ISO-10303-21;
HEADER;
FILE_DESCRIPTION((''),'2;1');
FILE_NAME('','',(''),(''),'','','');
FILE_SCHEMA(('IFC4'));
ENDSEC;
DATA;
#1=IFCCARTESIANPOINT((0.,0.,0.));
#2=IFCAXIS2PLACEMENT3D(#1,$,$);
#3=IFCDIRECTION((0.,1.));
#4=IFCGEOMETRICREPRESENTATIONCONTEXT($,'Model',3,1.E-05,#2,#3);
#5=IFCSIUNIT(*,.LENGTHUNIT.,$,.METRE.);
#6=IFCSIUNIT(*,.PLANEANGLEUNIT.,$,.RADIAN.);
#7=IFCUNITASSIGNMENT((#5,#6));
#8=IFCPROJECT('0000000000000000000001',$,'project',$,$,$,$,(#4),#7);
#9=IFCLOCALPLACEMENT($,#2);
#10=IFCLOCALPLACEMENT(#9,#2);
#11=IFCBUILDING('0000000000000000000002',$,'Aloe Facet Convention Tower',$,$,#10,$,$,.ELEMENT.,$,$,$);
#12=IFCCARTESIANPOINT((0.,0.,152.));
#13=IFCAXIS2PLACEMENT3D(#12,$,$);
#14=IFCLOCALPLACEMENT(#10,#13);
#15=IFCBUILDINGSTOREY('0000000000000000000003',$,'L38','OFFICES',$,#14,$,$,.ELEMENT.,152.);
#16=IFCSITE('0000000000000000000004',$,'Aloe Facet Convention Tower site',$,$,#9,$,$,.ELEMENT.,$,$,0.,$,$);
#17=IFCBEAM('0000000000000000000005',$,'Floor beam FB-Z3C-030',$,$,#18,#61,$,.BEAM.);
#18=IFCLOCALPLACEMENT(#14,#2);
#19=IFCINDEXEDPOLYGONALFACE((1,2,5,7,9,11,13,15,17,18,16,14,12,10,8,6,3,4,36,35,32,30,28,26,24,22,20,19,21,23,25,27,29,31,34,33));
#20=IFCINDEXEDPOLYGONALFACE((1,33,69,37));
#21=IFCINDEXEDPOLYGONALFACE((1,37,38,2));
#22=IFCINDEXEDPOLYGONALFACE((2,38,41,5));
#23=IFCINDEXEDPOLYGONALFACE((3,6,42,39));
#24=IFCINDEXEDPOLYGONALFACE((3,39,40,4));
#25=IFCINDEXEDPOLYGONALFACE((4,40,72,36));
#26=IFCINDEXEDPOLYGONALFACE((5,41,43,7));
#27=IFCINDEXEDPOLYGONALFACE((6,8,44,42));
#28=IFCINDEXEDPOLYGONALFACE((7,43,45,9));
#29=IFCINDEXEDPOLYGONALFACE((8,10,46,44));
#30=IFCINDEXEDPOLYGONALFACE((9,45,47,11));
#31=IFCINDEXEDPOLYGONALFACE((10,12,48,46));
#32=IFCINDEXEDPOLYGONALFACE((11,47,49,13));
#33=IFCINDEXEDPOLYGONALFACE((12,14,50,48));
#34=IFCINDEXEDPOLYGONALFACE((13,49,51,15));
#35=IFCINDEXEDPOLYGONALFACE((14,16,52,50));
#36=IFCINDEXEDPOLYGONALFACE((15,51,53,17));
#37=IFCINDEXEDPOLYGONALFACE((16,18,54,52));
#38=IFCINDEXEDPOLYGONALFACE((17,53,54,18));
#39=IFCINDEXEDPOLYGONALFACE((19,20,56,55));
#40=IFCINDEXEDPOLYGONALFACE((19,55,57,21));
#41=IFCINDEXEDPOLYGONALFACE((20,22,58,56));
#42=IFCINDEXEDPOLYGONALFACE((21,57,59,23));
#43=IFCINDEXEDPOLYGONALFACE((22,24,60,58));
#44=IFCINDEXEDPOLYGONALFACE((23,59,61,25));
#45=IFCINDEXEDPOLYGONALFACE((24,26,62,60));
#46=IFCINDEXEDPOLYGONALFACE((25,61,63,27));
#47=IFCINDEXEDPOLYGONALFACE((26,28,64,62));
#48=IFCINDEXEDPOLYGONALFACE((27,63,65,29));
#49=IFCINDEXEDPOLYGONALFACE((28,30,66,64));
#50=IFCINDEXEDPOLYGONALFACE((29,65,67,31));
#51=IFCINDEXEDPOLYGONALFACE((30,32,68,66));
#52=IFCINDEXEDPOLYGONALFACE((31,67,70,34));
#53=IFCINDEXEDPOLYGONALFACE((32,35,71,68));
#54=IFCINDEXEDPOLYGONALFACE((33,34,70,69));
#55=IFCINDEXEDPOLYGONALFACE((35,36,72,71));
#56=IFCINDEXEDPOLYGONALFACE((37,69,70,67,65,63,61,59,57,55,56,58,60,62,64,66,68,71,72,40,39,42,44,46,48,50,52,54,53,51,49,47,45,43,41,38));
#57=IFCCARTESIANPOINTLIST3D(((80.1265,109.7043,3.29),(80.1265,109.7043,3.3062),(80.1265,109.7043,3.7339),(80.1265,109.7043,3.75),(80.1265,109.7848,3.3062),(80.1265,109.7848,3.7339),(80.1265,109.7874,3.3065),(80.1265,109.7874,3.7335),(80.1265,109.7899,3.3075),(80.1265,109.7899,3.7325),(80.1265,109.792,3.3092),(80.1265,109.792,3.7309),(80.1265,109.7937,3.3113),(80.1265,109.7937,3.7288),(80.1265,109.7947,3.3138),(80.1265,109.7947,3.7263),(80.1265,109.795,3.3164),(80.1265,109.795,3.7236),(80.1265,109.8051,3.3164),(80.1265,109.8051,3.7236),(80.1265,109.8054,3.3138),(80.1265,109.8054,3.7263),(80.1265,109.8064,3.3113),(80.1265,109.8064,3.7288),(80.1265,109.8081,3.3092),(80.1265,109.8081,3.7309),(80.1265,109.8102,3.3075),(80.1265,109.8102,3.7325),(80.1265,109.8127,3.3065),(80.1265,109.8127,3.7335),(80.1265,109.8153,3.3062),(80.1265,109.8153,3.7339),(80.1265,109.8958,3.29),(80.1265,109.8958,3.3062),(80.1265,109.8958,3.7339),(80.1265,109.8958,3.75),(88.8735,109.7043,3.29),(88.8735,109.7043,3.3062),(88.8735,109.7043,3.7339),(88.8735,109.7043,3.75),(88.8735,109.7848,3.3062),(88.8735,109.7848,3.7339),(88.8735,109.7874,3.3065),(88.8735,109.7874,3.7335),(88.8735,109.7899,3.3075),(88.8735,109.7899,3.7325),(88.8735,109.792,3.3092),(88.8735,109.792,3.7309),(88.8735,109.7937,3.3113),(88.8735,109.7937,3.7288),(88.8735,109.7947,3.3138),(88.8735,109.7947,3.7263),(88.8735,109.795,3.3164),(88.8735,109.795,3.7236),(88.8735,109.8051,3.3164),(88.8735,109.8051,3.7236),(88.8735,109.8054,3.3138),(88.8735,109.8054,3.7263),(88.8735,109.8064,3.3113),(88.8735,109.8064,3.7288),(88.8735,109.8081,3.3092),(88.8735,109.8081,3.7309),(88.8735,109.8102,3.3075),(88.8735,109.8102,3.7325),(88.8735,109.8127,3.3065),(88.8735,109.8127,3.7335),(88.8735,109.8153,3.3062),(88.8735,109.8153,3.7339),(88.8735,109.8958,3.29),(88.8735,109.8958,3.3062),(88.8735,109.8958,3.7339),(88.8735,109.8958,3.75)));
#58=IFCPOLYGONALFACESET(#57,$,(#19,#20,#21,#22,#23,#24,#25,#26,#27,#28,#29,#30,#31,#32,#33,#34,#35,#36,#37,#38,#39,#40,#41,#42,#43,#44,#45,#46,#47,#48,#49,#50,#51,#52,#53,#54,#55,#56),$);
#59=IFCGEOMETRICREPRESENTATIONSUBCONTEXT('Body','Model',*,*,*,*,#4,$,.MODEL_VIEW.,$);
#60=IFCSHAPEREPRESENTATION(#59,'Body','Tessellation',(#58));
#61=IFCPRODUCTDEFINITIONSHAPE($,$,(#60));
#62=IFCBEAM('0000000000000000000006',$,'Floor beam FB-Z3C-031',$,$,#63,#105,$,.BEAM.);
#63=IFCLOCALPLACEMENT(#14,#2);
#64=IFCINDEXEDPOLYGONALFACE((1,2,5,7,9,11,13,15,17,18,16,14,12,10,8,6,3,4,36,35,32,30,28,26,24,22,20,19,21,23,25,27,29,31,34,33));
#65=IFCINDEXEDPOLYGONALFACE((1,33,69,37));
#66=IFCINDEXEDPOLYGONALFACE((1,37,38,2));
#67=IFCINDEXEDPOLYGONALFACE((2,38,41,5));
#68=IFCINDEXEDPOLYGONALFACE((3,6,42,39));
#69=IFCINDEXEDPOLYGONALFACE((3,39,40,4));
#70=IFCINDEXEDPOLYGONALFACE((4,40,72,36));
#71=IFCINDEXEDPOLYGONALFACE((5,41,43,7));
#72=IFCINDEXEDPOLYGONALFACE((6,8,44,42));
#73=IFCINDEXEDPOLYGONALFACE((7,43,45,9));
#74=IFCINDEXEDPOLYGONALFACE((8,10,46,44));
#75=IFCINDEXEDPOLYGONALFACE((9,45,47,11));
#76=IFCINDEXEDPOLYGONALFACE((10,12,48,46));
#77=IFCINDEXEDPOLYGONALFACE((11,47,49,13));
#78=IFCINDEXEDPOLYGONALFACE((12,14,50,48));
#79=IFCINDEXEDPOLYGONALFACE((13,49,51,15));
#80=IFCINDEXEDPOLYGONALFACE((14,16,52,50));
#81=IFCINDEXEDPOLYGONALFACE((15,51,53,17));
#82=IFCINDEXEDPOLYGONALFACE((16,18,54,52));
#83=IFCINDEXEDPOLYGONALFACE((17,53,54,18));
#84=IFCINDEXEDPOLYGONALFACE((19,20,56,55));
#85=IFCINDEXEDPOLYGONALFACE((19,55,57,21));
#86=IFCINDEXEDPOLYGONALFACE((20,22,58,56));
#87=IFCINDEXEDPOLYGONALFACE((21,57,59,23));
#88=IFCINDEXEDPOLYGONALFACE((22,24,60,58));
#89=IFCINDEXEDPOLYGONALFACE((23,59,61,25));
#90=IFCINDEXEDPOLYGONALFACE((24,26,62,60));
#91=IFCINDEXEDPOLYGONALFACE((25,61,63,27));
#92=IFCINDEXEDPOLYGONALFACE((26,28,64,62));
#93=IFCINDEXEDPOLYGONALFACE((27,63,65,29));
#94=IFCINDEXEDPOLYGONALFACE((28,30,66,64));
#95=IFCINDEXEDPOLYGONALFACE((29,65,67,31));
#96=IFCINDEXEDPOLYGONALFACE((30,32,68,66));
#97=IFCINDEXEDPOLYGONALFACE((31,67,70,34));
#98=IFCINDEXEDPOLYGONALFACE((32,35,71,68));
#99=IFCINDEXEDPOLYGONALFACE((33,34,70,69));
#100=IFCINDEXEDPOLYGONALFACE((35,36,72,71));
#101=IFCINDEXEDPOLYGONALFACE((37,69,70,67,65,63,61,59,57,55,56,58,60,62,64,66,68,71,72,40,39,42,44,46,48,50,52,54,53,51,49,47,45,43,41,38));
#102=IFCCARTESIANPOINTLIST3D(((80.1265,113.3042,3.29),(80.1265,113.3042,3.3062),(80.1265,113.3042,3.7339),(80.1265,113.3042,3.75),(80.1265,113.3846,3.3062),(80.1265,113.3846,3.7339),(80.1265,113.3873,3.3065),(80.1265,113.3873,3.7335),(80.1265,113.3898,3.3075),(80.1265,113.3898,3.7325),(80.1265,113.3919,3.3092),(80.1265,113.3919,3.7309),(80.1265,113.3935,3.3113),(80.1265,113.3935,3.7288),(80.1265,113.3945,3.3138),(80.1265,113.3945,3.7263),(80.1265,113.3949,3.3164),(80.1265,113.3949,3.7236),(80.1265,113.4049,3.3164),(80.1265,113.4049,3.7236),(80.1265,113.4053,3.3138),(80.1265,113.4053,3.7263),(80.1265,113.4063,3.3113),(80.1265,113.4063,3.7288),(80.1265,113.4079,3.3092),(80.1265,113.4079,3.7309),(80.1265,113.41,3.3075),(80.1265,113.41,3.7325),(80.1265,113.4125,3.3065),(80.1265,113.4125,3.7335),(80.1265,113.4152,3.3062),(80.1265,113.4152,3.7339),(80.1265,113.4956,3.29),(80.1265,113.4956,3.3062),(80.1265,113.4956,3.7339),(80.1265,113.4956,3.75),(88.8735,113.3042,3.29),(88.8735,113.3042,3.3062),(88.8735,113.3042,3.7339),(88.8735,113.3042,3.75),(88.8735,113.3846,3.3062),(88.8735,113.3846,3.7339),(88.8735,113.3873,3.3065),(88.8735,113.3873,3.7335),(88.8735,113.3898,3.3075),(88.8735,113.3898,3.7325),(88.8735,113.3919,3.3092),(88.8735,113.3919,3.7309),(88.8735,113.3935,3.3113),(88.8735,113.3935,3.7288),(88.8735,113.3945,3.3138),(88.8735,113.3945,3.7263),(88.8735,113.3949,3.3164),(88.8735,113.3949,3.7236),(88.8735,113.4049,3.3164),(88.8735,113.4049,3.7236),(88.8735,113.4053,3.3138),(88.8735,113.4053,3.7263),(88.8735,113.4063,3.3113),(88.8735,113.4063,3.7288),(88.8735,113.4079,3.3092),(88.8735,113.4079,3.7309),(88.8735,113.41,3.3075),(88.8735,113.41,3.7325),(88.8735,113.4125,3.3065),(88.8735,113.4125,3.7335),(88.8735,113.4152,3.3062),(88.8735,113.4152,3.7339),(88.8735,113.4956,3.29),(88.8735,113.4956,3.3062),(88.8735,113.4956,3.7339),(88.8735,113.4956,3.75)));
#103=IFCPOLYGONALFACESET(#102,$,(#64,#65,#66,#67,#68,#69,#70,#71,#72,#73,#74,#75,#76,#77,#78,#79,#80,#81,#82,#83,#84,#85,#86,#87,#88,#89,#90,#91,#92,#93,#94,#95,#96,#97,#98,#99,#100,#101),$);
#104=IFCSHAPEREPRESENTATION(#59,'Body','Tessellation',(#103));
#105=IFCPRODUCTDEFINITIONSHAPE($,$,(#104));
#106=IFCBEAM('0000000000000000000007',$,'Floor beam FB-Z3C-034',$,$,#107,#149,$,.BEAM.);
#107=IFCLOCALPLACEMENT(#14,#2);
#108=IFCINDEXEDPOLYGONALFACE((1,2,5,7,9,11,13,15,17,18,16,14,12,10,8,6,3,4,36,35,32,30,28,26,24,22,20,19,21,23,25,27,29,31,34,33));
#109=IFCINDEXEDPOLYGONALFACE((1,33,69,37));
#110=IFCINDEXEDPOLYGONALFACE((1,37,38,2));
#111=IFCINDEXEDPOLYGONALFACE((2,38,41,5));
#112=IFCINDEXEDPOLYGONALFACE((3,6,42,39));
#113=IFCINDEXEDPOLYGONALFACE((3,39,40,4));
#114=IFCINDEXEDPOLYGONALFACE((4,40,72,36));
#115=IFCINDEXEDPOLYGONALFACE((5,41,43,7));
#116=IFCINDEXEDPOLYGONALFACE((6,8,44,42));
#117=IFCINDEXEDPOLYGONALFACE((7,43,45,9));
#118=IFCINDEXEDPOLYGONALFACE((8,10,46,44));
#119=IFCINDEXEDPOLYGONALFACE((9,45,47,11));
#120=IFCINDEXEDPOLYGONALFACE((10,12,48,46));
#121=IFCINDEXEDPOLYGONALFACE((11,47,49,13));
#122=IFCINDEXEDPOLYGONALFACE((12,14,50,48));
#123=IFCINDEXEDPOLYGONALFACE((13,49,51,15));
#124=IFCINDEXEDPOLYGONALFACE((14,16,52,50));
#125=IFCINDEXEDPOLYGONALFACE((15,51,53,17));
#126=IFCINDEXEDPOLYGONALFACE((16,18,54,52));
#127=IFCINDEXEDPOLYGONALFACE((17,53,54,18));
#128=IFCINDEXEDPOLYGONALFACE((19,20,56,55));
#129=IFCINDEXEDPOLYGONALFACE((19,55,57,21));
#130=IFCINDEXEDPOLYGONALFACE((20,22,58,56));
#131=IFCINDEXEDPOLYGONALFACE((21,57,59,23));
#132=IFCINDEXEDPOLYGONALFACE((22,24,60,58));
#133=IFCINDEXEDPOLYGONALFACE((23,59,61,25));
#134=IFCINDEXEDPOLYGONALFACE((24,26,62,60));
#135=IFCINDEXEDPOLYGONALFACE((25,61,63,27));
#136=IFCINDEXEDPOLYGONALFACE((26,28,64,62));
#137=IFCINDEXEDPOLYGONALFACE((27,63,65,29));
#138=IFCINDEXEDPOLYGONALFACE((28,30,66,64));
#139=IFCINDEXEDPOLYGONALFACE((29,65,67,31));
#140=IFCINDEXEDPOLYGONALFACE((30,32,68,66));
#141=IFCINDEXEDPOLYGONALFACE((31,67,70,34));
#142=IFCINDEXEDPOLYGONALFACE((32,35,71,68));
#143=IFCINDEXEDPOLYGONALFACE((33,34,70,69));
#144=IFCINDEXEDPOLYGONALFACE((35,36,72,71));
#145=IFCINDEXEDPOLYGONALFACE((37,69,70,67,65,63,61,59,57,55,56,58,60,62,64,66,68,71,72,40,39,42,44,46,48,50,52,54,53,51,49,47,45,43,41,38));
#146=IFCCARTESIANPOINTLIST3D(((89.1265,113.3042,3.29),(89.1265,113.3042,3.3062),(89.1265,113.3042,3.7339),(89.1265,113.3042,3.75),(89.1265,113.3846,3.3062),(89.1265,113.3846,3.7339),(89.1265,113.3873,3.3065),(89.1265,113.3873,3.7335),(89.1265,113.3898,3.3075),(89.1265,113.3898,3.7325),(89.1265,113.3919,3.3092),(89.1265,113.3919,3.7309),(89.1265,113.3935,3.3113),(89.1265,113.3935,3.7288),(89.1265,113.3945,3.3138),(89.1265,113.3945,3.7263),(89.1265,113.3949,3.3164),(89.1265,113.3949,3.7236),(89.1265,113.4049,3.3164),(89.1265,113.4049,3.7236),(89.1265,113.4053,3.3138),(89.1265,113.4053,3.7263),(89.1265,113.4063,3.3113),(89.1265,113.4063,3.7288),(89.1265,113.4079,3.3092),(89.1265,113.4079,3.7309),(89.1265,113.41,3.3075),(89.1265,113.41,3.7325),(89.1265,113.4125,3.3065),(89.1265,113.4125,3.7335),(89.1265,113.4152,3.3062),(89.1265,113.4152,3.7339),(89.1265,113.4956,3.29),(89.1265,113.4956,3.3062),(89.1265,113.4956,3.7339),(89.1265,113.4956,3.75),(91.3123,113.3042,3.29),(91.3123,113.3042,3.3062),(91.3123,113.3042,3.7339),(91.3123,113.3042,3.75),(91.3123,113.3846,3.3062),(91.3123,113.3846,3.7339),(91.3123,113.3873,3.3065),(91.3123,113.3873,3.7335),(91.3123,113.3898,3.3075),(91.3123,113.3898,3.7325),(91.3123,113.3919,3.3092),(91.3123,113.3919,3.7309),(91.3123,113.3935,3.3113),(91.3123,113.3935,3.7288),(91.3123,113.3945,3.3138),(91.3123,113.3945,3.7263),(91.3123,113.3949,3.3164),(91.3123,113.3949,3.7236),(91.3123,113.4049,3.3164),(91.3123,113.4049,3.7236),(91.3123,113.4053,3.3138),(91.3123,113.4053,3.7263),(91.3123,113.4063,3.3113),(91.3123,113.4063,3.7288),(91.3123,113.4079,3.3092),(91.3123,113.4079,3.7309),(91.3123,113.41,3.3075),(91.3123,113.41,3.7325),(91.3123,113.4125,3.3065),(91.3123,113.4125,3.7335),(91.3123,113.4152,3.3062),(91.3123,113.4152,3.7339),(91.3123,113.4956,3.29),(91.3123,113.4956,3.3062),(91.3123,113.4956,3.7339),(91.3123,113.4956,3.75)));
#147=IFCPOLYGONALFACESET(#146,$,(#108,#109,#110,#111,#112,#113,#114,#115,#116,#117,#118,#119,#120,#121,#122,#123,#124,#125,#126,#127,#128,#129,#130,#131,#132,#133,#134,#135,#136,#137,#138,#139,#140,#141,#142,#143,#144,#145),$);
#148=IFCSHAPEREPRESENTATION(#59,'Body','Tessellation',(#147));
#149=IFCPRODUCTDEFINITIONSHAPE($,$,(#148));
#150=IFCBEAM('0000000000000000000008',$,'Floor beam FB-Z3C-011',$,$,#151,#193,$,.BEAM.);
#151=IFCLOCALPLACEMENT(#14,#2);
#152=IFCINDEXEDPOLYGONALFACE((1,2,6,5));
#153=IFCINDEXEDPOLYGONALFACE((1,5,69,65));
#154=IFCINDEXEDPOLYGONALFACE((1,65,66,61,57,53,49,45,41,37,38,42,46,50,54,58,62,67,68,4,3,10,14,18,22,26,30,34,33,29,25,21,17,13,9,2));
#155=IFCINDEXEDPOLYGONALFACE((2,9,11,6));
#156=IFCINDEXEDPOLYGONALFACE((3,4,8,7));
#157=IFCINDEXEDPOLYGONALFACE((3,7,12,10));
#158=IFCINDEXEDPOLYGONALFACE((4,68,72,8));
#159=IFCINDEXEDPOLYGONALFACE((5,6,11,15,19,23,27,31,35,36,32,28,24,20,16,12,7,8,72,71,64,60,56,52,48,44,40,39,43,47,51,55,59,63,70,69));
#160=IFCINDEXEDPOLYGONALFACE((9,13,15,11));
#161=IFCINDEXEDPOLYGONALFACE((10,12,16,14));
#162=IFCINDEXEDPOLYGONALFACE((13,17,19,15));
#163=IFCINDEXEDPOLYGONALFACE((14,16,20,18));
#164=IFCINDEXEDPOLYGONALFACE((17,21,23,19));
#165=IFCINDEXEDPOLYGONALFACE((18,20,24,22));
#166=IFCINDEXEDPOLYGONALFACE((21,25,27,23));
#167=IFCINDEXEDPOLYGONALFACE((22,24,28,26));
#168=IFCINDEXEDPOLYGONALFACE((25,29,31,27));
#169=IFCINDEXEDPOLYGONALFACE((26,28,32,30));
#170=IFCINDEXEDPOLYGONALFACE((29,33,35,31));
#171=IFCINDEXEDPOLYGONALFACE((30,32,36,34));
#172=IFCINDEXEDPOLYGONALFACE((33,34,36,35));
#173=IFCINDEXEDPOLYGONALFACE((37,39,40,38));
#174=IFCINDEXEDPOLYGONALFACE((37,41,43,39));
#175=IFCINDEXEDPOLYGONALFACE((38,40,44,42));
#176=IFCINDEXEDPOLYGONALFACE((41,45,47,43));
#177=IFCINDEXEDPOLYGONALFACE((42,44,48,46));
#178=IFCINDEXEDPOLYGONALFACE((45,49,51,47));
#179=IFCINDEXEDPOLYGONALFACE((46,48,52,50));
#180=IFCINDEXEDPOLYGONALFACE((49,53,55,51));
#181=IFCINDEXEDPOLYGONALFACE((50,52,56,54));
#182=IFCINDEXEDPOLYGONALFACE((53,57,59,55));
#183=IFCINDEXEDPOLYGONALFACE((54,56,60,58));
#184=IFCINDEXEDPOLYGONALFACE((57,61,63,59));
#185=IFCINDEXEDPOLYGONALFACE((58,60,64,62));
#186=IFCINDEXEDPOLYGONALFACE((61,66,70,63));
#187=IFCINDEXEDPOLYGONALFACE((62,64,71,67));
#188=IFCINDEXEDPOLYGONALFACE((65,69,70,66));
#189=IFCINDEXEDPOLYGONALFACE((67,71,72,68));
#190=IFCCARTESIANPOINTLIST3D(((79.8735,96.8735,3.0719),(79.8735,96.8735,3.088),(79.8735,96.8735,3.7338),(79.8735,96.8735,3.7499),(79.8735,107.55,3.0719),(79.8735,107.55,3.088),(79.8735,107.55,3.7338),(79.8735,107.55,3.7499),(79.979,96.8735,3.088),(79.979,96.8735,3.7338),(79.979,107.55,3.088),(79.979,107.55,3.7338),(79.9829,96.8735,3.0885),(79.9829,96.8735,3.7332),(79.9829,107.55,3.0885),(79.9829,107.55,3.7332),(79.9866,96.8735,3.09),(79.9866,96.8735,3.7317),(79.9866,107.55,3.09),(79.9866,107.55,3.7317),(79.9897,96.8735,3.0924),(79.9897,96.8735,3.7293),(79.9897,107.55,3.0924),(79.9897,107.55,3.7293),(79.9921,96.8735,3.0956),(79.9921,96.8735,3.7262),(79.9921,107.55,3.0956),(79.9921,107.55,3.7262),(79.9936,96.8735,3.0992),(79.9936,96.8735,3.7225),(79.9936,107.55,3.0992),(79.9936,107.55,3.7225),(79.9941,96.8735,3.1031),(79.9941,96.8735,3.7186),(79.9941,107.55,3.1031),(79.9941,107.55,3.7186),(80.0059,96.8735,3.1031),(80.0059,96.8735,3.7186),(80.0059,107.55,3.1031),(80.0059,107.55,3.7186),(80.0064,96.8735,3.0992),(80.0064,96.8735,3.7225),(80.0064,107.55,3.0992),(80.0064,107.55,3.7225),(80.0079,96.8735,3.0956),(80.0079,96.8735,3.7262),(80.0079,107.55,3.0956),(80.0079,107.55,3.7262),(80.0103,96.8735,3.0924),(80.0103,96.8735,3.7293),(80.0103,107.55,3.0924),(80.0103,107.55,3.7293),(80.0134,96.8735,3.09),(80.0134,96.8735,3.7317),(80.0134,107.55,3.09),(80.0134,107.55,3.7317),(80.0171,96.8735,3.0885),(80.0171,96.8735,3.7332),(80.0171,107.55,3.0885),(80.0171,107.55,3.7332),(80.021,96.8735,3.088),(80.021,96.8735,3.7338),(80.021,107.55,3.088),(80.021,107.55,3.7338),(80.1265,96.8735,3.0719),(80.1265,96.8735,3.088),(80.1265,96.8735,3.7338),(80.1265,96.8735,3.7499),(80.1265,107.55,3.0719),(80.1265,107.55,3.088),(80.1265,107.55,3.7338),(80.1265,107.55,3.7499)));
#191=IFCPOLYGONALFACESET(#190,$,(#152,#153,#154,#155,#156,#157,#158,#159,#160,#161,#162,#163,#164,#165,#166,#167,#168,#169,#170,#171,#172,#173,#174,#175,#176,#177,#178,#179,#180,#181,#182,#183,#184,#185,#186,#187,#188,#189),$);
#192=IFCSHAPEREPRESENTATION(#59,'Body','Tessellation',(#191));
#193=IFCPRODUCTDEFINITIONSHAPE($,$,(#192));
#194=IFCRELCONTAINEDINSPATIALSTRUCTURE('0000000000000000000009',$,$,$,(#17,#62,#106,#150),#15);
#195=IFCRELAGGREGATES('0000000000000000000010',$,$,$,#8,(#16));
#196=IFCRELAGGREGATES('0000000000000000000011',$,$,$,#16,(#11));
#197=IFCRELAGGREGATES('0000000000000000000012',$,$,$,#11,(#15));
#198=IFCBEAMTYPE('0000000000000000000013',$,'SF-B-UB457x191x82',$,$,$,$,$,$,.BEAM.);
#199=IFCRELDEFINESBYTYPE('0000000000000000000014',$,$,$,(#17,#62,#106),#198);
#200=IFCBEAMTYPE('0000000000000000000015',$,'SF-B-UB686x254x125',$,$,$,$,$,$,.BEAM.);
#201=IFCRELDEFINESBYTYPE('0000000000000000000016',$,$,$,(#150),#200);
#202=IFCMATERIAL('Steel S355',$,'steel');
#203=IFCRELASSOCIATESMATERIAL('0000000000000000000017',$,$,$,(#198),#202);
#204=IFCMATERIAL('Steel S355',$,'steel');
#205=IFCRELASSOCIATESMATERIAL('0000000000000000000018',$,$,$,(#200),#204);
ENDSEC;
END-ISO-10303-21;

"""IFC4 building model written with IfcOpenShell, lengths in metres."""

from ifc_helpers import new_model, si_unit, direction, frame, origin, origin_2d, place, context, subcontext, project, spatial, i_section, extrude, material, material_profile, profile_set, type_object, element, save


model = new_model("IFC4")

# Units and contexts
model_context = context("Model", 3, precision=1e-05, world=origin(), true_north=direction((0.0, 1.0)))
body_context = subcontext(model_context, "Body", "Model", "MODEL_VIEW")
ifc_project = project(units=[si_unit("LENGTHUNIT", "METRE"), si_unit("PLANEANGLEUNIT", "RADIAN")], contexts=[model_context])

# Site, building, storey
site_placement = place(None, origin())
site = spatial("IfcSite", under=ifc_project, at=site_placement, Name="Aloe Facet Convention Tower site", CompositionType="ELEMENT", RefElevation=0.0)
building_placement = place(site_placement, origin())
building = spatial("IfcBuilding", under=site, at=building_placement, Name="Aloe Facet Convention Tower", CompositionType="ELEMENT")
storey_placement = place(building_placement, frame((0.0, 0.0, 152.0)))
storey = spatial("IfcBuildingStorey", under=building, at=storey_placement, Name="L38", Description="OFFICES", CompositionType="ELEMENT", Elevation=152.0)

# Beams
ifc_material_1 = material(Name="Steel S355", Category="steel")
ifc_material_profile_1 = material_profile(ifc_material_1, i_section(OverallWidth=0.1914, OverallDepth=0.46, WebThickness=0.01, FlangeThickness=0.0161, FilletRadius=0.0103, at=origin_2d()), Name="UB 457x191x82")
ifc_profile_set_1 = profile_set([ifc_material_profile_1], Name="Steel S355")
beam_type_1 = type_object("IfcBeamType", Name="SF-B-UB457x191x82", PredefinedType="BEAM", material=ifc_profile_set_1)
for number, where, z_axis, x_axis, name in (
    (1, (80.1265, 109.8, 3.52), (1.0, 0.0, 0.0), (0.0, 1.0, 0.0), "Floor beam FB-Z3C-030"),
    (2, (80.1265, 113.3999, 3.52), (1.0, 0.0, 0.0), (0.0, 1.0, 0.0), "Floor beam FB-Z3C-031"),
):
    element("IfcBeam", number, at=place(storey_placement, frame(where, z_axis=z_axis, x_axis=x_axis)), inside=storey, type_object=beam_type_1, Name=name, PredefinedType="BEAM", context=body_context, shape_type="SweptSolid", body=[
        extrude(i_section(OverallWidth=0.1914, OverallDepth=0.46, WebThickness=0.01, FlangeThickness=0.0161, FilletRadius=0.0103, at=origin_2d()), origin(), (0.0, 0.0, 1.0), 8.7471),
    ])
beam_1_placement = place(storey_placement, frame((89.1265, 113.3999, 3.52), z_axis=(1.0, 0.0, 0.0), x_axis=(0.0, 1.0, 0.0)))
element("IfcBeam", 3, at=beam_1_placement, inside=storey, type_object=beam_type_1, Name="Floor beam FB-Z3C-034", PredefinedType="BEAM", context=body_context, shape_type="SweptSolid", body=[
    extrude(i_section(OverallWidth=0.1914, OverallDepth=0.46, WebThickness=0.01, FlangeThickness=0.0161, FilletRadius=0.0103, at=origin_2d()), origin(), (0.0, 0.0, 1.0), 2.1858),
])
ifc_material_2 = material(Name="Steel S355", Category="steel")
ifc_material_profile_2 = material_profile(ifc_material_2, i_section(OverallWidth=0.2529, OverallDepth=0.678, WebThickness=0.0117, FlangeThickness=0.0161, FilletRadius=0.0151, at=origin_2d()), Name="UB 686x254x125")
ifc_profile_set_2 = profile_set([ifc_material_profile_2], Name="Steel S355")
beam_type_2 = type_object("IfcBeamType", Name="SF-B-UB686x254x125", PredefinedType="BEAM", material=ifc_profile_set_2)
beam_2_placement = place(storey_placement, frame((80.0, 107.55, 3.4109), z_axis=(0.0, -1.0, 0.0), x_axis=(1.0, 0.0, 0.0)))
element("IfcBeam", 4, at=beam_2_placement, inside=storey, type_object=beam_type_2, Name="Floor beam FB-Z3C-011", PredefinedType="BEAM", context=body_context, shape_type="SweptSolid", body=[
    extrude(i_section(OverallWidth=0.2529, OverallDepth=0.678, WebThickness=0.0117, FlangeThickness=0.0161, FilletRadius=0.0151, at=origin_2d()), origin(), (0.0, 0.0, 1.0), 10.6765),
])

save(model, "model.ifc")
